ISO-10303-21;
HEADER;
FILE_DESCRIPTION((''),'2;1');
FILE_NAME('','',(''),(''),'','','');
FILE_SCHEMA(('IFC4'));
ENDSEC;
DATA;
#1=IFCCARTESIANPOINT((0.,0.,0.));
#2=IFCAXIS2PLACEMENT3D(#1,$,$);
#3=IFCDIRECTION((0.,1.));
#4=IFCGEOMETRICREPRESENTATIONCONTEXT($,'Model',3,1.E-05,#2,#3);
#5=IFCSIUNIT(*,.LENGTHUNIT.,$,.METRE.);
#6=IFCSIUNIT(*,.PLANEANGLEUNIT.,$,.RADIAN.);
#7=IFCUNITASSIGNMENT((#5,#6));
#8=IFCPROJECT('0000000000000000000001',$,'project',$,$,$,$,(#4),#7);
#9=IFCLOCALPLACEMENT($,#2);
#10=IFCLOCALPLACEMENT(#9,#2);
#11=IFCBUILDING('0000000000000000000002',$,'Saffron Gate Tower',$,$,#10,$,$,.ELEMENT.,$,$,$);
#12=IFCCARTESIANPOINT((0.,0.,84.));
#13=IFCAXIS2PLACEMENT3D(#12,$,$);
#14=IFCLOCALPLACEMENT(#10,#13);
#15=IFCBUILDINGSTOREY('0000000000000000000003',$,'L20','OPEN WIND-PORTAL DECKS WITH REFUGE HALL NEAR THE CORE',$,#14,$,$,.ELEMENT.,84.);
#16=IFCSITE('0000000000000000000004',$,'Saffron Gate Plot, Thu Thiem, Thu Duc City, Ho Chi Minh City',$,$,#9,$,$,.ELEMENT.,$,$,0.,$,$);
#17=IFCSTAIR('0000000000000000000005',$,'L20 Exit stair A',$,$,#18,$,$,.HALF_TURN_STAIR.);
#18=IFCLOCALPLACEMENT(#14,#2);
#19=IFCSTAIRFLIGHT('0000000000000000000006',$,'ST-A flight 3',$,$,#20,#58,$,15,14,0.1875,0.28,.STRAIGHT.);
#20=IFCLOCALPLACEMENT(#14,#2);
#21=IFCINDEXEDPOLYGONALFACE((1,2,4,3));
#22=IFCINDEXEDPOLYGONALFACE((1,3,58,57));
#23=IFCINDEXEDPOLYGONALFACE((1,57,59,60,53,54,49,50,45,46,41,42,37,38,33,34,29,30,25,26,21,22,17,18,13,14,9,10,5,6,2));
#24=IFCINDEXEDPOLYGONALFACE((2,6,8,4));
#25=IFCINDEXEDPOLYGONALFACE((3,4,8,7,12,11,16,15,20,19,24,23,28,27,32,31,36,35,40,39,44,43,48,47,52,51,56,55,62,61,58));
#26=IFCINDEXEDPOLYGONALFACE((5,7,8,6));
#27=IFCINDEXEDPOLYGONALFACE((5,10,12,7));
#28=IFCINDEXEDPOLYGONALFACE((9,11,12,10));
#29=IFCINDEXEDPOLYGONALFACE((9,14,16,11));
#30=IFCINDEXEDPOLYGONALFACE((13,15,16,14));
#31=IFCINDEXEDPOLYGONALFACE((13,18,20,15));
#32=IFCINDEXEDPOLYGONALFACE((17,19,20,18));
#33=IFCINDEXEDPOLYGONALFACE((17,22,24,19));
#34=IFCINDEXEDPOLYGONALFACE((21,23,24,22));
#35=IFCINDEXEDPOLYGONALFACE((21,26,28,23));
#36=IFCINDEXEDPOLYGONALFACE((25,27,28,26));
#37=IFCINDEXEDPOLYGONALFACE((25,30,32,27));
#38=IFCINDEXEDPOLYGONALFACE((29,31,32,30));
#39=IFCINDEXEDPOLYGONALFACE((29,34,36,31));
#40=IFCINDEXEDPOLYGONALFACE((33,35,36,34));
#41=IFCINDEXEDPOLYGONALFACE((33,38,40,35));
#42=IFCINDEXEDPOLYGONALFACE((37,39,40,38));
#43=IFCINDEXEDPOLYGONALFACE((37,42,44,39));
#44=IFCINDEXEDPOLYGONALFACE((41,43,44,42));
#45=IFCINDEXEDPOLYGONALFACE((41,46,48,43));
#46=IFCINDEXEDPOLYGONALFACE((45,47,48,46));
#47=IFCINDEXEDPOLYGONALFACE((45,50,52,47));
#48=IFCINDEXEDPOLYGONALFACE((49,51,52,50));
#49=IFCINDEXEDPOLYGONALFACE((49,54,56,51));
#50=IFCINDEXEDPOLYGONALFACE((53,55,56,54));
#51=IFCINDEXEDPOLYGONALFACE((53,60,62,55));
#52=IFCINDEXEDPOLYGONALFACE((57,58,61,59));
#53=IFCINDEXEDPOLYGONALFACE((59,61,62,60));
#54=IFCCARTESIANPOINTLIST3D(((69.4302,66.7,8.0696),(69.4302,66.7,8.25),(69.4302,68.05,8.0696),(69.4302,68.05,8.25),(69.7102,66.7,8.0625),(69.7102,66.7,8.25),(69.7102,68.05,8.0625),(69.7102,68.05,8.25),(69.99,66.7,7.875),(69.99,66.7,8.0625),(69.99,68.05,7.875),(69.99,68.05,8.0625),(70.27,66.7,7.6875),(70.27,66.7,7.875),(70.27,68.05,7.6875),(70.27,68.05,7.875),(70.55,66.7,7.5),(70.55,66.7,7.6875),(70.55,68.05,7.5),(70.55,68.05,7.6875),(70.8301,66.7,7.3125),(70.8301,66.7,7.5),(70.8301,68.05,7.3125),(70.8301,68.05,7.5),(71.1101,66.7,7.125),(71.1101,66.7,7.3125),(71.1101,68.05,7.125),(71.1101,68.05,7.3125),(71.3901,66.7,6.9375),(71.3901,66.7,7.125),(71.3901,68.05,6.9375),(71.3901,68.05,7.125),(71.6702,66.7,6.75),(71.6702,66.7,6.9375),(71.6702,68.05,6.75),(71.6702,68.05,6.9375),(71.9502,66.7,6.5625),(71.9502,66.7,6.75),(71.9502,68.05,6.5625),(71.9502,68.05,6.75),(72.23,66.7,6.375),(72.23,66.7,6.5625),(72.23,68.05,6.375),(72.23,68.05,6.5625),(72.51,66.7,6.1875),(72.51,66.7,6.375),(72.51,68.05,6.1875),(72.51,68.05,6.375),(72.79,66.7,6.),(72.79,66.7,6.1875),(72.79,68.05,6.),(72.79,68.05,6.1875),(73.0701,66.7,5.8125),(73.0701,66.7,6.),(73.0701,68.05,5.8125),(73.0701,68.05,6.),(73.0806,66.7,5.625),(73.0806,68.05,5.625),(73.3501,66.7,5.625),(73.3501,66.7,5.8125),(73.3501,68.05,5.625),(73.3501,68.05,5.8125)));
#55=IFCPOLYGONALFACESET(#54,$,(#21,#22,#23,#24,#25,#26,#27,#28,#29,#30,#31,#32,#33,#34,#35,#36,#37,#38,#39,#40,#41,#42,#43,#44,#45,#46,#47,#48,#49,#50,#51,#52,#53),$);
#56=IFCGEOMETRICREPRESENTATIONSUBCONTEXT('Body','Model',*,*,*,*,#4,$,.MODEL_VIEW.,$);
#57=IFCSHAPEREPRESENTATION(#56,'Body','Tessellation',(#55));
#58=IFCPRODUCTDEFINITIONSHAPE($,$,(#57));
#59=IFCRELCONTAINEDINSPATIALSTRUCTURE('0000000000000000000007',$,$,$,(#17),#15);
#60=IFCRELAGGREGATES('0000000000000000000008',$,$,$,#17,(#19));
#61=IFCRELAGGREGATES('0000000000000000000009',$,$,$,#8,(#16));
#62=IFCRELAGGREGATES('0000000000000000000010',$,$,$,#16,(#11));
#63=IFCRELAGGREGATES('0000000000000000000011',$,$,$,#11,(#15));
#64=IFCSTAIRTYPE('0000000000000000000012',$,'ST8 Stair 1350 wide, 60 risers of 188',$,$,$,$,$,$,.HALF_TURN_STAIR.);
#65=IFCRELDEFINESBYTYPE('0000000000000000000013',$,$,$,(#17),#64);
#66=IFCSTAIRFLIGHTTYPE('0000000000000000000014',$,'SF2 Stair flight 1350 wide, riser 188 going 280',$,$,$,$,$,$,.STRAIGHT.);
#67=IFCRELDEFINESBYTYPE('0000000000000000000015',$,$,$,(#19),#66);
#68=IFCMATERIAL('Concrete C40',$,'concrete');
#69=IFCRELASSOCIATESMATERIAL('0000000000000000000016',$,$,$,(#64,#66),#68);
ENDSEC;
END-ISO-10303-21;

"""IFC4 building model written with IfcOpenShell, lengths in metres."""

from ifc_helpers import new_model, si_unit, direction, frame, origin, place, context, subcontext, project, spatial, polyline, outline, extrude, material, type_object, element, aggregate, save


model = new_model("IFC4")

# Units and contexts
model_context = context("Model", 3, precision=1e-05, world=origin(), true_north=direction((0.0, 1.0)))
body_context = subcontext(model_context, "Body", "Model", "MODEL_VIEW")
ifc_project = project(units=[si_unit("LENGTHUNIT", "METRE"), si_unit("PLANEANGLEUNIT", "RADIAN")], contexts=[model_context])

# Site, building, storey
site_placement = place(None, origin())
site = spatial("IfcSite", under=ifc_project, at=site_placement, Name="Saffron Gate Plot, Thu Thiem, Thu Duc City, Ho Chi Minh City", CompositionType="ELEMENT", RefElevation=0.0)
building_placement = place(site_placement, origin())
building = spatial("IfcBuilding", under=site, at=building_placement, Name="Saffron Gate Tower", CompositionType="ELEMENT")
storey_placement = place(building_placement, frame((0.0, 0.0, 84.0)))
storey = spatial("IfcBuildingStorey", under=building, at=storey_placement, Name="L20", Description="OPEN WIND-PORTAL DECKS WITH REFUGE HALL NEAR THE CORE", CompositionType="ELEMENT", Elevation=84.0)

# Stair, stair flight
ifc_material_1 = material(Name="Concrete C40", Category="concrete")
stair_type = type_object("IfcStairType", Name="ST8 Stair 1350 wide, 60 risers of 188", PredefinedType="HALF_TURN_STAIR", material=ifc_material_1)
stair_placement = place(storey_placement, origin())
stair = element("IfcStair", 1, at=stair_placement, inside=storey, type_object=stair_type, Name="L20 Exit stair A", PredefinedType="HALF_TURN_STAIR")
stair_flight_type = type_object("IfcStairFlightType", Name="SF2 Stair flight 1350 wide, riser 188 going 280", PredefinedType="STRAIGHT", material=ifc_material_1)
stair_flight_1_placement = place(storey_placement, frame((73.3501, 67.375, 5.625), z_axis=(0.0, 0.0, 1.0), x_axis=(-1.0, 0.0, 0.0)))
stair_flight_1 = element("IfcStairFlight", 2, at=stair_flight_1_placement, type_object=stair_flight_type, Name="ST-A flight 3", NumberOfRisers=15, NumberOfTreads=14, PredefinedType="STRAIGHT", RiserHeight=0.1875, TreadLength=0.28, context=body_context, shape_type="SweptSolid", body=[
    extrude(outline(polyline([(0.0, 0.0), (0.0, 0.1875), (0.28, 0.1875), (0.28, 0.375), (0.5601, 0.375), (0.5601, 0.5625), (0.8401, 0.5625), (0.8401, 0.75), (1.1201, 0.75), (1.1201, 0.9375), (1.3999, 0.9375), (1.3999, 1.125), (1.6799, 1.125), (1.6799, 1.3125), (1.96, 1.3125), (1.96, 1.5), (2.24, 1.5), (2.24, 1.6875), (2.52, 1.6875), (2.52, 1.875), (2.8, 1.875), (2.8, 2.0625), (3.0801, 2.0625), (3.0801, 2.25), (3.3601, 2.25), (3.3601, 2.4375), (3.6399, 2.4375), (3.6399, 2.625), (3.9199, 2.625), (3.9199, 2.8125), (3.9199, 2.4446), (0.2695, 0.0), (0.0, 0.0)])), frame((0.0, 0.675, 0.0), z_axis=(0.0, -1.0, 0.0), x_axis=(1.0, 0.0, 0.0)), (0.0, 0.0, 1.0), 1.3501),
])
aggregate(stair, [stair_flight_1])

save(model, "model.ifc")
